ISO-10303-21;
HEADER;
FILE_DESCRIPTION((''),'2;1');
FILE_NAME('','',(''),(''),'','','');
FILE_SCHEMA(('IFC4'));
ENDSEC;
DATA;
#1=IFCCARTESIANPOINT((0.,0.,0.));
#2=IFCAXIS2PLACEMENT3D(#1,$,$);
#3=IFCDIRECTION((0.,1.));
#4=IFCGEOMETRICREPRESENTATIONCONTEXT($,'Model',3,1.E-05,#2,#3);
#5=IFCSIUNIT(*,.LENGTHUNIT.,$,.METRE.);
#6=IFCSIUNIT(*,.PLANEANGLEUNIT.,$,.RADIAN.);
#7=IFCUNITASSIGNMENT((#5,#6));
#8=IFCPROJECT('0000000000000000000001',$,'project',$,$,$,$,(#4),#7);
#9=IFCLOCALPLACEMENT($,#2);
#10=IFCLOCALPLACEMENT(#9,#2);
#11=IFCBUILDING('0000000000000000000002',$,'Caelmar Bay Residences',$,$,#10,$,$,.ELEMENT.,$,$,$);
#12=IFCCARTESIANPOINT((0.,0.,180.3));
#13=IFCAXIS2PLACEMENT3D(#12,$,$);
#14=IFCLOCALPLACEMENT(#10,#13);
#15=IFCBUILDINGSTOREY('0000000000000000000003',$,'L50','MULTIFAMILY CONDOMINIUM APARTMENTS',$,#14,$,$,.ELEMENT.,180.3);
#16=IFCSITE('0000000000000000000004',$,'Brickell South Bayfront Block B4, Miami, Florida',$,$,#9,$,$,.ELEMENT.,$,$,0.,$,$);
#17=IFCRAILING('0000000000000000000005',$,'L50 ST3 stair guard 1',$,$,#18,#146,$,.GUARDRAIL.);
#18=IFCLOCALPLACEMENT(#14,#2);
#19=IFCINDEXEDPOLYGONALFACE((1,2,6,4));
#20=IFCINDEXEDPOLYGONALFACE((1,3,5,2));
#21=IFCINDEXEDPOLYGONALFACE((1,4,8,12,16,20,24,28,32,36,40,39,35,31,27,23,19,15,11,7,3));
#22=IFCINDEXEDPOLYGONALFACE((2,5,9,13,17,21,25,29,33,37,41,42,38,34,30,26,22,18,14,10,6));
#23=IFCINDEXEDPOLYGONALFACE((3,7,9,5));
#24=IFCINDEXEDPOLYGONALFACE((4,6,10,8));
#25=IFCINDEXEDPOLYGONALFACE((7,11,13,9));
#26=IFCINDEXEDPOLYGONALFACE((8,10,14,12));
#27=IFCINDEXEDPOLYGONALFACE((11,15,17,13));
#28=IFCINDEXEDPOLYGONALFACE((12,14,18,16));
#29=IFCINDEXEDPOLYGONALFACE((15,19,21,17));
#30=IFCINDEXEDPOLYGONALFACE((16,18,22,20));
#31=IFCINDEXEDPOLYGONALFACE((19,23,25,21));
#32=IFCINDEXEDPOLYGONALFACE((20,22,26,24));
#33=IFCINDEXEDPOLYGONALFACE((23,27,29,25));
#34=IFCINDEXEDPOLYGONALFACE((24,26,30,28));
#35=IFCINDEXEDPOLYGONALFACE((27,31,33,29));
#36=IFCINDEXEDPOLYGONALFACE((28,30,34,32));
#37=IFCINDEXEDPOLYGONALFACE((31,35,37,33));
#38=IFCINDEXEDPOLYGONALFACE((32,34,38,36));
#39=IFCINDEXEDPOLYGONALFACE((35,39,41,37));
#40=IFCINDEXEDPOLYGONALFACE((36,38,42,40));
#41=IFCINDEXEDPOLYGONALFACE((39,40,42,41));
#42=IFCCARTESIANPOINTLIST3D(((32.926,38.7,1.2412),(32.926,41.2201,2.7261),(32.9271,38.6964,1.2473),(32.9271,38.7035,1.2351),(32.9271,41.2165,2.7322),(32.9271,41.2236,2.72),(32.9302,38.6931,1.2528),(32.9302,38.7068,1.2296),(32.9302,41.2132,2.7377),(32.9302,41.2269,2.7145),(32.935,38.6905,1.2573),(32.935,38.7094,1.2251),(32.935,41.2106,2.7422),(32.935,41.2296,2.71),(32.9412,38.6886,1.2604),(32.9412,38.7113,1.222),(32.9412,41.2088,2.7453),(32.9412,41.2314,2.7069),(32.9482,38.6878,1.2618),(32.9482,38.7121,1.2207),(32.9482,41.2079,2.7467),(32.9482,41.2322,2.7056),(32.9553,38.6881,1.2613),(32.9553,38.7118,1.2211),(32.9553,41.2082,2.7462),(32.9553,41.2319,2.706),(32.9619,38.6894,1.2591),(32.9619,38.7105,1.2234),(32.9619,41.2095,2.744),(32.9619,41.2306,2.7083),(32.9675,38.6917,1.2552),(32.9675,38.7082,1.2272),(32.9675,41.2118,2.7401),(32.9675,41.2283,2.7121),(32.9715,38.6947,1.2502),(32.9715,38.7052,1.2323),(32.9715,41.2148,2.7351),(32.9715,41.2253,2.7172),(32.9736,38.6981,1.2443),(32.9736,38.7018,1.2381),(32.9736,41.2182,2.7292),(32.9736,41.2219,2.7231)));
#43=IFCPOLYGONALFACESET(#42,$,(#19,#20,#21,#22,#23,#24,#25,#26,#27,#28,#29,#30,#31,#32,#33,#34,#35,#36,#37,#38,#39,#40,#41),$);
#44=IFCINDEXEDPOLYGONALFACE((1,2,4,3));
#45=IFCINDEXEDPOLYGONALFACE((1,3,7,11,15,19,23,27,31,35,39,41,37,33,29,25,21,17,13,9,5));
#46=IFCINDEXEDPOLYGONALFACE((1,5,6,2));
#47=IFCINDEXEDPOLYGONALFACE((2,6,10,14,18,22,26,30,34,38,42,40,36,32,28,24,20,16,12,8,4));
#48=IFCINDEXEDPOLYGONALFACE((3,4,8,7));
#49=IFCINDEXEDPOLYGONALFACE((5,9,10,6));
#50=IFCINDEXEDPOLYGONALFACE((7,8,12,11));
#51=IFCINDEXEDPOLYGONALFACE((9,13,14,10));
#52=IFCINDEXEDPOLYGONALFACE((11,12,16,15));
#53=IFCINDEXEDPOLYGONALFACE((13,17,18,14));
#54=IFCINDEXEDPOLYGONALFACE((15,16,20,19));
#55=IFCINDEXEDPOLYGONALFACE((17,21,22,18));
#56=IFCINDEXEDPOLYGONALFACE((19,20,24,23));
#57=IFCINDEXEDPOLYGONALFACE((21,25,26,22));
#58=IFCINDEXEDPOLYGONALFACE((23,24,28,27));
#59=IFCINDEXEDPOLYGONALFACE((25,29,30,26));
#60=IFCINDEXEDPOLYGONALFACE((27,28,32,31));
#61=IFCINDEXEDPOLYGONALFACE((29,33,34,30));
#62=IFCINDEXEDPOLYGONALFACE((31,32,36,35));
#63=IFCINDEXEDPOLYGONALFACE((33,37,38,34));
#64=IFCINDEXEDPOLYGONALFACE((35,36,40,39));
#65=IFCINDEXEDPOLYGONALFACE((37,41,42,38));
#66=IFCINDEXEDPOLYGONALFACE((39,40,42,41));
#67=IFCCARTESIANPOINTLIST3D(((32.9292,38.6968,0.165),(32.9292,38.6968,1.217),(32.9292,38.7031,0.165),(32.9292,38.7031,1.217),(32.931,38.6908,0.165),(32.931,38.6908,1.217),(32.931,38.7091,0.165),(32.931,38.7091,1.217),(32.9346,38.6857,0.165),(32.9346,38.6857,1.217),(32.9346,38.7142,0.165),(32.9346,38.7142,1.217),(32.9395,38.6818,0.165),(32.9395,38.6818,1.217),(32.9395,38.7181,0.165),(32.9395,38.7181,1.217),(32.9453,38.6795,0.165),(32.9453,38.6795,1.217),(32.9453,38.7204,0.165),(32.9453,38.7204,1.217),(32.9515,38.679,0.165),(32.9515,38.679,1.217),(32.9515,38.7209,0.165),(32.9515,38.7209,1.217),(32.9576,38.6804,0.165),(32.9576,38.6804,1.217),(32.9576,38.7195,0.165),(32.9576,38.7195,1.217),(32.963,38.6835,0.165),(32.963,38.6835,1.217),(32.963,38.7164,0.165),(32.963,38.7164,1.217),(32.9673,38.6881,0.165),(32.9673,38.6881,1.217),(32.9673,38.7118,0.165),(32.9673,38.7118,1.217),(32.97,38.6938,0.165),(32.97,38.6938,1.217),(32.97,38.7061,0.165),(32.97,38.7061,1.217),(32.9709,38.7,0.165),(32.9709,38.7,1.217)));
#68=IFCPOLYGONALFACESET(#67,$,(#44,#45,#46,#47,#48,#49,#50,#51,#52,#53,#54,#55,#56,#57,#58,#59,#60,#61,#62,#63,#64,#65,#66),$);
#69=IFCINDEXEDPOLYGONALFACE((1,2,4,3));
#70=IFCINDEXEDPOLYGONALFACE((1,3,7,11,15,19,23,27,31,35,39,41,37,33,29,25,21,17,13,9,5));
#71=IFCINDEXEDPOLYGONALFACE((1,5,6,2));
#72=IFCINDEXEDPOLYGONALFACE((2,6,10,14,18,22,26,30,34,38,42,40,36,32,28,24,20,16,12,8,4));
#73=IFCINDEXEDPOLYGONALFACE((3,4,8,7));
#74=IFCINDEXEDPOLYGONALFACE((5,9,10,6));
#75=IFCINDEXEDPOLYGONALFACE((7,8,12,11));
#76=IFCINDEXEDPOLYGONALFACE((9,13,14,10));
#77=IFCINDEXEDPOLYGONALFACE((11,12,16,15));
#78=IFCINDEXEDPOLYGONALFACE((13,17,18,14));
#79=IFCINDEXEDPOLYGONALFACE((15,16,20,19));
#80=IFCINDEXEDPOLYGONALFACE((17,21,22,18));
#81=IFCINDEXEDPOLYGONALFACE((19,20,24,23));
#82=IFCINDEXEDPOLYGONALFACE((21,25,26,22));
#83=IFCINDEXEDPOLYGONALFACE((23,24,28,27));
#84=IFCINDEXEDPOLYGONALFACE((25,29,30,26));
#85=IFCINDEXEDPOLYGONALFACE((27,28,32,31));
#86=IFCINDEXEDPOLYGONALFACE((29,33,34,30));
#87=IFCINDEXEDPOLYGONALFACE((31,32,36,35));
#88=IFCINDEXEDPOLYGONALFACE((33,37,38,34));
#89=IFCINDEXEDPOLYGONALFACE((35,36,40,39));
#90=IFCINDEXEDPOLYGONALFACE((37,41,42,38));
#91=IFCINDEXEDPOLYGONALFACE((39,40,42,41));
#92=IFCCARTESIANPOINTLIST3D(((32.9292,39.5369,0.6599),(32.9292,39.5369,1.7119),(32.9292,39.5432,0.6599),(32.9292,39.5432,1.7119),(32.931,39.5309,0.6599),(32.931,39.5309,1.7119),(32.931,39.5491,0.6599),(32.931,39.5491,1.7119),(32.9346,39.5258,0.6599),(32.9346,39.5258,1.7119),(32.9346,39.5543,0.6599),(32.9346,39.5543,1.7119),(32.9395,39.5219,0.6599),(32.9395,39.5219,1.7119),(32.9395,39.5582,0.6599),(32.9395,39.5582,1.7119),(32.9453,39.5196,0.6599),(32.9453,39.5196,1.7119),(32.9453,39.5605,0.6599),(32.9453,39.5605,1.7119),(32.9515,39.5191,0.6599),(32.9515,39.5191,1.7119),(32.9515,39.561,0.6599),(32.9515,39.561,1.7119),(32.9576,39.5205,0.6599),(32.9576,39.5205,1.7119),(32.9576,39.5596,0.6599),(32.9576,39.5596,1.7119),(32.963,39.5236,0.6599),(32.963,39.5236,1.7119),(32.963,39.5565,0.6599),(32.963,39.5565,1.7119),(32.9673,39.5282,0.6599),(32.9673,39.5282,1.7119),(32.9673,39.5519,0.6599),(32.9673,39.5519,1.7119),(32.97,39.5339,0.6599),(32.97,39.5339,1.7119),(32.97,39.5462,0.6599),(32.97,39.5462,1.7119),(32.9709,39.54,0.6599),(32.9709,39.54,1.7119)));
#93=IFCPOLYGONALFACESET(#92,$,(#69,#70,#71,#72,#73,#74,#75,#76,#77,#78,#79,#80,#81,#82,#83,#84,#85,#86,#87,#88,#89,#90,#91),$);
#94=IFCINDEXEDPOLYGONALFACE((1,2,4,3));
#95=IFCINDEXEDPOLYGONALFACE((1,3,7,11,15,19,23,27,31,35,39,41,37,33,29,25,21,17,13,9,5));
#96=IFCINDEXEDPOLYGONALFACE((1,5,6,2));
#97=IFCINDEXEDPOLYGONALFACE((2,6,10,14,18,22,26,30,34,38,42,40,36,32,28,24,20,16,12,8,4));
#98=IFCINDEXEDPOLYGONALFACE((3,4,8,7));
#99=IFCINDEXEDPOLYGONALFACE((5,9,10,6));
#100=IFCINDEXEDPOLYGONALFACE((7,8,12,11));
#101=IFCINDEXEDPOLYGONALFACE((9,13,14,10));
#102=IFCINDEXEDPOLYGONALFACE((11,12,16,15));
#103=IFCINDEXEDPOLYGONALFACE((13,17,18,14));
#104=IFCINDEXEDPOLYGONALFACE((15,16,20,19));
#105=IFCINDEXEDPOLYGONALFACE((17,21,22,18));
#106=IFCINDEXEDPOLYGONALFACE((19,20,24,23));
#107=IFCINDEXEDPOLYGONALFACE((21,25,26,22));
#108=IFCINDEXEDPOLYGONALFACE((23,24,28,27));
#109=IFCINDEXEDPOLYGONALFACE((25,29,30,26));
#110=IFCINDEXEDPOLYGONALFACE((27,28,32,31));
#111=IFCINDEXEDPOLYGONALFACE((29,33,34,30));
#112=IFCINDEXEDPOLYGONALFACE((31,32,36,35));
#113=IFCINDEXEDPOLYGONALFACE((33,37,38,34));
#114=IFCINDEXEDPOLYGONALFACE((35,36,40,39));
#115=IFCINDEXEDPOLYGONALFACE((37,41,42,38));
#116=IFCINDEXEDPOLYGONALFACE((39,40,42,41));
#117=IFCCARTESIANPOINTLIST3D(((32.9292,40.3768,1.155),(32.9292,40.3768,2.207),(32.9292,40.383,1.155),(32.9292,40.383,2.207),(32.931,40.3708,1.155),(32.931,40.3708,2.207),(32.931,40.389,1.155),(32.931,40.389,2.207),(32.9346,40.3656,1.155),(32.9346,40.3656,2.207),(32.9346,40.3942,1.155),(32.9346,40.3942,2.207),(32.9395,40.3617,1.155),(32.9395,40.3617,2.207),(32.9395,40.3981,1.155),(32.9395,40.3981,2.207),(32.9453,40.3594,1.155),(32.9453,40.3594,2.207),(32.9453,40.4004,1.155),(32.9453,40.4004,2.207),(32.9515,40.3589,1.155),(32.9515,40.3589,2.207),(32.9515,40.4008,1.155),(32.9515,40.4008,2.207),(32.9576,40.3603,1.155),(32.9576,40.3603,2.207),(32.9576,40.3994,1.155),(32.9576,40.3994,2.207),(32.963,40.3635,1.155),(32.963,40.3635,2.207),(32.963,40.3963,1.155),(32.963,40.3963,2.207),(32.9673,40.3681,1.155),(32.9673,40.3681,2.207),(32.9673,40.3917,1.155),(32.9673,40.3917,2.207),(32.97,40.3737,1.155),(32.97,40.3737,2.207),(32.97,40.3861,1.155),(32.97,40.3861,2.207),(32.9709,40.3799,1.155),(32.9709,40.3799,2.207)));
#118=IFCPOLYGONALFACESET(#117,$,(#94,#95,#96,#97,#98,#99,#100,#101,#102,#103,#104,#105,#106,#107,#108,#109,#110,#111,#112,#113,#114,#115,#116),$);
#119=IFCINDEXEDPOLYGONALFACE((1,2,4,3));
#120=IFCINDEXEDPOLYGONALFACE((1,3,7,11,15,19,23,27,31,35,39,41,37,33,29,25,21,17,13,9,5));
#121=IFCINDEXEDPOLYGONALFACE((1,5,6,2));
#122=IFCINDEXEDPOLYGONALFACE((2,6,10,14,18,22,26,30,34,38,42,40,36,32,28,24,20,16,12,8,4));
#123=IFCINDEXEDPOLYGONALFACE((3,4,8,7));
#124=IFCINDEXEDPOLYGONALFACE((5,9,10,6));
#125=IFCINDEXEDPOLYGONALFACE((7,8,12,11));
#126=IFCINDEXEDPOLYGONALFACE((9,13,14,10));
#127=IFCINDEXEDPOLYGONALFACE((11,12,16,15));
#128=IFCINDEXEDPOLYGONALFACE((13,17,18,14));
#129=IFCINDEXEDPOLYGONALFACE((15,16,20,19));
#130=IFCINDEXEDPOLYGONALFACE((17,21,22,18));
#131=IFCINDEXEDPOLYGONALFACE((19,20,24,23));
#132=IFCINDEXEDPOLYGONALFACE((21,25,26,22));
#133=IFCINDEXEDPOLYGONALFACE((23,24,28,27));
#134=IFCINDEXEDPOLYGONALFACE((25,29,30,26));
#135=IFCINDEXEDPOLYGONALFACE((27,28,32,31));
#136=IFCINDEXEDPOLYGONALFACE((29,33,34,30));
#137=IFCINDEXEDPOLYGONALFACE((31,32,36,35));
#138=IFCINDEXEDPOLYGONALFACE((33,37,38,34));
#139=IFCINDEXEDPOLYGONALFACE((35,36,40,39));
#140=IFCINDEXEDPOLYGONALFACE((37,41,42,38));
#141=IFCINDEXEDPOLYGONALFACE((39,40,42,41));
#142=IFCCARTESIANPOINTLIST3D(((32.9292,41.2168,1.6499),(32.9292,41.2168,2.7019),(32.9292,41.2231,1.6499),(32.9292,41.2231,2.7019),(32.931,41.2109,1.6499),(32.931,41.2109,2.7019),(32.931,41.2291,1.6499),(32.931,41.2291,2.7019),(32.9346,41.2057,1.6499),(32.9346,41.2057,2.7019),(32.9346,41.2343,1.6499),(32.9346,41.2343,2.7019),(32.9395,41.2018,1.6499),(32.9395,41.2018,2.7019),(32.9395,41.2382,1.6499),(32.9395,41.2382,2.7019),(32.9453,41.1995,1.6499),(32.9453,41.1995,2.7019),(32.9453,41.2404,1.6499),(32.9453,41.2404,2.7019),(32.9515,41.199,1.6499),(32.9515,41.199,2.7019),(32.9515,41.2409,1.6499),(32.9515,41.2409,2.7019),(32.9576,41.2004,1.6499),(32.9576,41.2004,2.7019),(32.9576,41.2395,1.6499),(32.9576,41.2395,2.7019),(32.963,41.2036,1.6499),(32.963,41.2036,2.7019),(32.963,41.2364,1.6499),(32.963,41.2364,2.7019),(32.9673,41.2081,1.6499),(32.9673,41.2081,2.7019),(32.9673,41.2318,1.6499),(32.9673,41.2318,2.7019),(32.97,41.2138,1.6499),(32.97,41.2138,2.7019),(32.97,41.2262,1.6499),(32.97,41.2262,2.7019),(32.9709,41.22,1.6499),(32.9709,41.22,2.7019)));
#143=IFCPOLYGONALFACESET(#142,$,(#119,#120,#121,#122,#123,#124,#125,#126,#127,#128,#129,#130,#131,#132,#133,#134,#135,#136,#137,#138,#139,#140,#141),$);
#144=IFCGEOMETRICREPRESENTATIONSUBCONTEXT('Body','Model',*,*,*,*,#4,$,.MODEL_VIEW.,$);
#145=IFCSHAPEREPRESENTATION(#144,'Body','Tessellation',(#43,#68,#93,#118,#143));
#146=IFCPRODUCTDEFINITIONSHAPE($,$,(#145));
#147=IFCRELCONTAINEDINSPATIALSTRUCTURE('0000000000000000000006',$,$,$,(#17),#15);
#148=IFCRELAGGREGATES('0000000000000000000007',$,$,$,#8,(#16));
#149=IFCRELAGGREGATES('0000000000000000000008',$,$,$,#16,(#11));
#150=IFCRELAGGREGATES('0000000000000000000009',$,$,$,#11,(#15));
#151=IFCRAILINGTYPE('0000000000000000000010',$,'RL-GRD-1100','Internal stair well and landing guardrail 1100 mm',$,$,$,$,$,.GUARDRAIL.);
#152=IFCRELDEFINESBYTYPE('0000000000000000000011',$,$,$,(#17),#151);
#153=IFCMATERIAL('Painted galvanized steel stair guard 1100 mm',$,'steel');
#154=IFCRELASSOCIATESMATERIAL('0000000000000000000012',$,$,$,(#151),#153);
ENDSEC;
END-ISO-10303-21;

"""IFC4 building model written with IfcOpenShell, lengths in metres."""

from ifc_helpers import new_model, si_unit, direction, frame, origin, origin_2d, place, context, subcontext, project, spatial, circle, extrude, material, type_object, element, save


model = new_model("IFC4")

# Units and contexts
model_context = context("Model", 3, precision=1e-05, world=origin(), true_north=direction((0.0, 1.0)))
body_context = subcontext(model_context, "Body", "Model", "MODEL_VIEW")
ifc_project = project(units=[si_unit("LENGTHUNIT", "METRE"), si_unit("PLANEANGLEUNIT", "RADIAN")], contexts=[model_context])

# Site, building, storey
site_placement = place(None, origin())
site = spatial("IfcSite", under=ifc_project, at=site_placement, Name="Brickell South Bayfront Block B4, Miami, Florida", CompositionType="ELEMENT", RefElevation=0.0)
building_placement = place(site_placement, origin())
building = spatial("IfcBuilding", under=site, at=building_placement, Name="Caelmar Bay Residences", CompositionType="ELEMENT")
storey_placement = place(building_placement, frame((0.0, 0.0, 180.3)))
storey = spatial("IfcBuildingStorey", under=building, at=storey_placement, Name="L50", Description="MULTIFAMILY CONDOMINIUM APARTMENTS", CompositionType="ELEMENT", Elevation=180.3)

# Railing
ifc_material_1 = material(Name="Painted galvanized steel stair guard 1100 mm", Category="steel")
railing_type_1 = type_object("IfcRailingType", Name="RL-GRD-1100", Description="Internal stair well and landing guardrail 1100 mm", PredefinedType="GUARDRAIL", material=ifc_material_1)
railing_1_placement = place(storey_placement, frame((32.95, 38.7, 0.165)))
element("IfcRailing", 1, at=railing_1_placement, inside=storey, type_object=railing_type_1, Name="L50 ST3 stair guard 1", PredefinedType="GUARDRAIL", context=body_context, shape_type="SweptSolid", body=[
    extrude(circle(Radius=0.0239, at=origin_2d()), frame((0.0, 0.0, 1.0762), z_axis=(0.0, 0.861561, 0.507655), x_axis=(-1.0, 0.0, 0.0)), (0.0, 0.0, 1.0), 2.925),
    extrude(circle(Radius=0.021, at=origin_2d()), origin(), (0.0, 0.0, 1.0), 1.052),
    extrude(circle(Radius=0.021, at=origin_2d()), frame((0.0, 0.8401, 0.4949)), (0.0, 0.0, 1.0), 1.052),
    extrude(circle(Radius=0.021, at=origin_2d()), frame((0.0, 1.6799, 0.99)), (0.0, 0.0, 1.0), 1.052),
    extrude(circle(Radius=0.021, at=origin_2d()), frame((0.0, 2.52, 1.4849)), (0.0, 0.0, 1.0), 1.052),
])

save(model, "model.ifc")
